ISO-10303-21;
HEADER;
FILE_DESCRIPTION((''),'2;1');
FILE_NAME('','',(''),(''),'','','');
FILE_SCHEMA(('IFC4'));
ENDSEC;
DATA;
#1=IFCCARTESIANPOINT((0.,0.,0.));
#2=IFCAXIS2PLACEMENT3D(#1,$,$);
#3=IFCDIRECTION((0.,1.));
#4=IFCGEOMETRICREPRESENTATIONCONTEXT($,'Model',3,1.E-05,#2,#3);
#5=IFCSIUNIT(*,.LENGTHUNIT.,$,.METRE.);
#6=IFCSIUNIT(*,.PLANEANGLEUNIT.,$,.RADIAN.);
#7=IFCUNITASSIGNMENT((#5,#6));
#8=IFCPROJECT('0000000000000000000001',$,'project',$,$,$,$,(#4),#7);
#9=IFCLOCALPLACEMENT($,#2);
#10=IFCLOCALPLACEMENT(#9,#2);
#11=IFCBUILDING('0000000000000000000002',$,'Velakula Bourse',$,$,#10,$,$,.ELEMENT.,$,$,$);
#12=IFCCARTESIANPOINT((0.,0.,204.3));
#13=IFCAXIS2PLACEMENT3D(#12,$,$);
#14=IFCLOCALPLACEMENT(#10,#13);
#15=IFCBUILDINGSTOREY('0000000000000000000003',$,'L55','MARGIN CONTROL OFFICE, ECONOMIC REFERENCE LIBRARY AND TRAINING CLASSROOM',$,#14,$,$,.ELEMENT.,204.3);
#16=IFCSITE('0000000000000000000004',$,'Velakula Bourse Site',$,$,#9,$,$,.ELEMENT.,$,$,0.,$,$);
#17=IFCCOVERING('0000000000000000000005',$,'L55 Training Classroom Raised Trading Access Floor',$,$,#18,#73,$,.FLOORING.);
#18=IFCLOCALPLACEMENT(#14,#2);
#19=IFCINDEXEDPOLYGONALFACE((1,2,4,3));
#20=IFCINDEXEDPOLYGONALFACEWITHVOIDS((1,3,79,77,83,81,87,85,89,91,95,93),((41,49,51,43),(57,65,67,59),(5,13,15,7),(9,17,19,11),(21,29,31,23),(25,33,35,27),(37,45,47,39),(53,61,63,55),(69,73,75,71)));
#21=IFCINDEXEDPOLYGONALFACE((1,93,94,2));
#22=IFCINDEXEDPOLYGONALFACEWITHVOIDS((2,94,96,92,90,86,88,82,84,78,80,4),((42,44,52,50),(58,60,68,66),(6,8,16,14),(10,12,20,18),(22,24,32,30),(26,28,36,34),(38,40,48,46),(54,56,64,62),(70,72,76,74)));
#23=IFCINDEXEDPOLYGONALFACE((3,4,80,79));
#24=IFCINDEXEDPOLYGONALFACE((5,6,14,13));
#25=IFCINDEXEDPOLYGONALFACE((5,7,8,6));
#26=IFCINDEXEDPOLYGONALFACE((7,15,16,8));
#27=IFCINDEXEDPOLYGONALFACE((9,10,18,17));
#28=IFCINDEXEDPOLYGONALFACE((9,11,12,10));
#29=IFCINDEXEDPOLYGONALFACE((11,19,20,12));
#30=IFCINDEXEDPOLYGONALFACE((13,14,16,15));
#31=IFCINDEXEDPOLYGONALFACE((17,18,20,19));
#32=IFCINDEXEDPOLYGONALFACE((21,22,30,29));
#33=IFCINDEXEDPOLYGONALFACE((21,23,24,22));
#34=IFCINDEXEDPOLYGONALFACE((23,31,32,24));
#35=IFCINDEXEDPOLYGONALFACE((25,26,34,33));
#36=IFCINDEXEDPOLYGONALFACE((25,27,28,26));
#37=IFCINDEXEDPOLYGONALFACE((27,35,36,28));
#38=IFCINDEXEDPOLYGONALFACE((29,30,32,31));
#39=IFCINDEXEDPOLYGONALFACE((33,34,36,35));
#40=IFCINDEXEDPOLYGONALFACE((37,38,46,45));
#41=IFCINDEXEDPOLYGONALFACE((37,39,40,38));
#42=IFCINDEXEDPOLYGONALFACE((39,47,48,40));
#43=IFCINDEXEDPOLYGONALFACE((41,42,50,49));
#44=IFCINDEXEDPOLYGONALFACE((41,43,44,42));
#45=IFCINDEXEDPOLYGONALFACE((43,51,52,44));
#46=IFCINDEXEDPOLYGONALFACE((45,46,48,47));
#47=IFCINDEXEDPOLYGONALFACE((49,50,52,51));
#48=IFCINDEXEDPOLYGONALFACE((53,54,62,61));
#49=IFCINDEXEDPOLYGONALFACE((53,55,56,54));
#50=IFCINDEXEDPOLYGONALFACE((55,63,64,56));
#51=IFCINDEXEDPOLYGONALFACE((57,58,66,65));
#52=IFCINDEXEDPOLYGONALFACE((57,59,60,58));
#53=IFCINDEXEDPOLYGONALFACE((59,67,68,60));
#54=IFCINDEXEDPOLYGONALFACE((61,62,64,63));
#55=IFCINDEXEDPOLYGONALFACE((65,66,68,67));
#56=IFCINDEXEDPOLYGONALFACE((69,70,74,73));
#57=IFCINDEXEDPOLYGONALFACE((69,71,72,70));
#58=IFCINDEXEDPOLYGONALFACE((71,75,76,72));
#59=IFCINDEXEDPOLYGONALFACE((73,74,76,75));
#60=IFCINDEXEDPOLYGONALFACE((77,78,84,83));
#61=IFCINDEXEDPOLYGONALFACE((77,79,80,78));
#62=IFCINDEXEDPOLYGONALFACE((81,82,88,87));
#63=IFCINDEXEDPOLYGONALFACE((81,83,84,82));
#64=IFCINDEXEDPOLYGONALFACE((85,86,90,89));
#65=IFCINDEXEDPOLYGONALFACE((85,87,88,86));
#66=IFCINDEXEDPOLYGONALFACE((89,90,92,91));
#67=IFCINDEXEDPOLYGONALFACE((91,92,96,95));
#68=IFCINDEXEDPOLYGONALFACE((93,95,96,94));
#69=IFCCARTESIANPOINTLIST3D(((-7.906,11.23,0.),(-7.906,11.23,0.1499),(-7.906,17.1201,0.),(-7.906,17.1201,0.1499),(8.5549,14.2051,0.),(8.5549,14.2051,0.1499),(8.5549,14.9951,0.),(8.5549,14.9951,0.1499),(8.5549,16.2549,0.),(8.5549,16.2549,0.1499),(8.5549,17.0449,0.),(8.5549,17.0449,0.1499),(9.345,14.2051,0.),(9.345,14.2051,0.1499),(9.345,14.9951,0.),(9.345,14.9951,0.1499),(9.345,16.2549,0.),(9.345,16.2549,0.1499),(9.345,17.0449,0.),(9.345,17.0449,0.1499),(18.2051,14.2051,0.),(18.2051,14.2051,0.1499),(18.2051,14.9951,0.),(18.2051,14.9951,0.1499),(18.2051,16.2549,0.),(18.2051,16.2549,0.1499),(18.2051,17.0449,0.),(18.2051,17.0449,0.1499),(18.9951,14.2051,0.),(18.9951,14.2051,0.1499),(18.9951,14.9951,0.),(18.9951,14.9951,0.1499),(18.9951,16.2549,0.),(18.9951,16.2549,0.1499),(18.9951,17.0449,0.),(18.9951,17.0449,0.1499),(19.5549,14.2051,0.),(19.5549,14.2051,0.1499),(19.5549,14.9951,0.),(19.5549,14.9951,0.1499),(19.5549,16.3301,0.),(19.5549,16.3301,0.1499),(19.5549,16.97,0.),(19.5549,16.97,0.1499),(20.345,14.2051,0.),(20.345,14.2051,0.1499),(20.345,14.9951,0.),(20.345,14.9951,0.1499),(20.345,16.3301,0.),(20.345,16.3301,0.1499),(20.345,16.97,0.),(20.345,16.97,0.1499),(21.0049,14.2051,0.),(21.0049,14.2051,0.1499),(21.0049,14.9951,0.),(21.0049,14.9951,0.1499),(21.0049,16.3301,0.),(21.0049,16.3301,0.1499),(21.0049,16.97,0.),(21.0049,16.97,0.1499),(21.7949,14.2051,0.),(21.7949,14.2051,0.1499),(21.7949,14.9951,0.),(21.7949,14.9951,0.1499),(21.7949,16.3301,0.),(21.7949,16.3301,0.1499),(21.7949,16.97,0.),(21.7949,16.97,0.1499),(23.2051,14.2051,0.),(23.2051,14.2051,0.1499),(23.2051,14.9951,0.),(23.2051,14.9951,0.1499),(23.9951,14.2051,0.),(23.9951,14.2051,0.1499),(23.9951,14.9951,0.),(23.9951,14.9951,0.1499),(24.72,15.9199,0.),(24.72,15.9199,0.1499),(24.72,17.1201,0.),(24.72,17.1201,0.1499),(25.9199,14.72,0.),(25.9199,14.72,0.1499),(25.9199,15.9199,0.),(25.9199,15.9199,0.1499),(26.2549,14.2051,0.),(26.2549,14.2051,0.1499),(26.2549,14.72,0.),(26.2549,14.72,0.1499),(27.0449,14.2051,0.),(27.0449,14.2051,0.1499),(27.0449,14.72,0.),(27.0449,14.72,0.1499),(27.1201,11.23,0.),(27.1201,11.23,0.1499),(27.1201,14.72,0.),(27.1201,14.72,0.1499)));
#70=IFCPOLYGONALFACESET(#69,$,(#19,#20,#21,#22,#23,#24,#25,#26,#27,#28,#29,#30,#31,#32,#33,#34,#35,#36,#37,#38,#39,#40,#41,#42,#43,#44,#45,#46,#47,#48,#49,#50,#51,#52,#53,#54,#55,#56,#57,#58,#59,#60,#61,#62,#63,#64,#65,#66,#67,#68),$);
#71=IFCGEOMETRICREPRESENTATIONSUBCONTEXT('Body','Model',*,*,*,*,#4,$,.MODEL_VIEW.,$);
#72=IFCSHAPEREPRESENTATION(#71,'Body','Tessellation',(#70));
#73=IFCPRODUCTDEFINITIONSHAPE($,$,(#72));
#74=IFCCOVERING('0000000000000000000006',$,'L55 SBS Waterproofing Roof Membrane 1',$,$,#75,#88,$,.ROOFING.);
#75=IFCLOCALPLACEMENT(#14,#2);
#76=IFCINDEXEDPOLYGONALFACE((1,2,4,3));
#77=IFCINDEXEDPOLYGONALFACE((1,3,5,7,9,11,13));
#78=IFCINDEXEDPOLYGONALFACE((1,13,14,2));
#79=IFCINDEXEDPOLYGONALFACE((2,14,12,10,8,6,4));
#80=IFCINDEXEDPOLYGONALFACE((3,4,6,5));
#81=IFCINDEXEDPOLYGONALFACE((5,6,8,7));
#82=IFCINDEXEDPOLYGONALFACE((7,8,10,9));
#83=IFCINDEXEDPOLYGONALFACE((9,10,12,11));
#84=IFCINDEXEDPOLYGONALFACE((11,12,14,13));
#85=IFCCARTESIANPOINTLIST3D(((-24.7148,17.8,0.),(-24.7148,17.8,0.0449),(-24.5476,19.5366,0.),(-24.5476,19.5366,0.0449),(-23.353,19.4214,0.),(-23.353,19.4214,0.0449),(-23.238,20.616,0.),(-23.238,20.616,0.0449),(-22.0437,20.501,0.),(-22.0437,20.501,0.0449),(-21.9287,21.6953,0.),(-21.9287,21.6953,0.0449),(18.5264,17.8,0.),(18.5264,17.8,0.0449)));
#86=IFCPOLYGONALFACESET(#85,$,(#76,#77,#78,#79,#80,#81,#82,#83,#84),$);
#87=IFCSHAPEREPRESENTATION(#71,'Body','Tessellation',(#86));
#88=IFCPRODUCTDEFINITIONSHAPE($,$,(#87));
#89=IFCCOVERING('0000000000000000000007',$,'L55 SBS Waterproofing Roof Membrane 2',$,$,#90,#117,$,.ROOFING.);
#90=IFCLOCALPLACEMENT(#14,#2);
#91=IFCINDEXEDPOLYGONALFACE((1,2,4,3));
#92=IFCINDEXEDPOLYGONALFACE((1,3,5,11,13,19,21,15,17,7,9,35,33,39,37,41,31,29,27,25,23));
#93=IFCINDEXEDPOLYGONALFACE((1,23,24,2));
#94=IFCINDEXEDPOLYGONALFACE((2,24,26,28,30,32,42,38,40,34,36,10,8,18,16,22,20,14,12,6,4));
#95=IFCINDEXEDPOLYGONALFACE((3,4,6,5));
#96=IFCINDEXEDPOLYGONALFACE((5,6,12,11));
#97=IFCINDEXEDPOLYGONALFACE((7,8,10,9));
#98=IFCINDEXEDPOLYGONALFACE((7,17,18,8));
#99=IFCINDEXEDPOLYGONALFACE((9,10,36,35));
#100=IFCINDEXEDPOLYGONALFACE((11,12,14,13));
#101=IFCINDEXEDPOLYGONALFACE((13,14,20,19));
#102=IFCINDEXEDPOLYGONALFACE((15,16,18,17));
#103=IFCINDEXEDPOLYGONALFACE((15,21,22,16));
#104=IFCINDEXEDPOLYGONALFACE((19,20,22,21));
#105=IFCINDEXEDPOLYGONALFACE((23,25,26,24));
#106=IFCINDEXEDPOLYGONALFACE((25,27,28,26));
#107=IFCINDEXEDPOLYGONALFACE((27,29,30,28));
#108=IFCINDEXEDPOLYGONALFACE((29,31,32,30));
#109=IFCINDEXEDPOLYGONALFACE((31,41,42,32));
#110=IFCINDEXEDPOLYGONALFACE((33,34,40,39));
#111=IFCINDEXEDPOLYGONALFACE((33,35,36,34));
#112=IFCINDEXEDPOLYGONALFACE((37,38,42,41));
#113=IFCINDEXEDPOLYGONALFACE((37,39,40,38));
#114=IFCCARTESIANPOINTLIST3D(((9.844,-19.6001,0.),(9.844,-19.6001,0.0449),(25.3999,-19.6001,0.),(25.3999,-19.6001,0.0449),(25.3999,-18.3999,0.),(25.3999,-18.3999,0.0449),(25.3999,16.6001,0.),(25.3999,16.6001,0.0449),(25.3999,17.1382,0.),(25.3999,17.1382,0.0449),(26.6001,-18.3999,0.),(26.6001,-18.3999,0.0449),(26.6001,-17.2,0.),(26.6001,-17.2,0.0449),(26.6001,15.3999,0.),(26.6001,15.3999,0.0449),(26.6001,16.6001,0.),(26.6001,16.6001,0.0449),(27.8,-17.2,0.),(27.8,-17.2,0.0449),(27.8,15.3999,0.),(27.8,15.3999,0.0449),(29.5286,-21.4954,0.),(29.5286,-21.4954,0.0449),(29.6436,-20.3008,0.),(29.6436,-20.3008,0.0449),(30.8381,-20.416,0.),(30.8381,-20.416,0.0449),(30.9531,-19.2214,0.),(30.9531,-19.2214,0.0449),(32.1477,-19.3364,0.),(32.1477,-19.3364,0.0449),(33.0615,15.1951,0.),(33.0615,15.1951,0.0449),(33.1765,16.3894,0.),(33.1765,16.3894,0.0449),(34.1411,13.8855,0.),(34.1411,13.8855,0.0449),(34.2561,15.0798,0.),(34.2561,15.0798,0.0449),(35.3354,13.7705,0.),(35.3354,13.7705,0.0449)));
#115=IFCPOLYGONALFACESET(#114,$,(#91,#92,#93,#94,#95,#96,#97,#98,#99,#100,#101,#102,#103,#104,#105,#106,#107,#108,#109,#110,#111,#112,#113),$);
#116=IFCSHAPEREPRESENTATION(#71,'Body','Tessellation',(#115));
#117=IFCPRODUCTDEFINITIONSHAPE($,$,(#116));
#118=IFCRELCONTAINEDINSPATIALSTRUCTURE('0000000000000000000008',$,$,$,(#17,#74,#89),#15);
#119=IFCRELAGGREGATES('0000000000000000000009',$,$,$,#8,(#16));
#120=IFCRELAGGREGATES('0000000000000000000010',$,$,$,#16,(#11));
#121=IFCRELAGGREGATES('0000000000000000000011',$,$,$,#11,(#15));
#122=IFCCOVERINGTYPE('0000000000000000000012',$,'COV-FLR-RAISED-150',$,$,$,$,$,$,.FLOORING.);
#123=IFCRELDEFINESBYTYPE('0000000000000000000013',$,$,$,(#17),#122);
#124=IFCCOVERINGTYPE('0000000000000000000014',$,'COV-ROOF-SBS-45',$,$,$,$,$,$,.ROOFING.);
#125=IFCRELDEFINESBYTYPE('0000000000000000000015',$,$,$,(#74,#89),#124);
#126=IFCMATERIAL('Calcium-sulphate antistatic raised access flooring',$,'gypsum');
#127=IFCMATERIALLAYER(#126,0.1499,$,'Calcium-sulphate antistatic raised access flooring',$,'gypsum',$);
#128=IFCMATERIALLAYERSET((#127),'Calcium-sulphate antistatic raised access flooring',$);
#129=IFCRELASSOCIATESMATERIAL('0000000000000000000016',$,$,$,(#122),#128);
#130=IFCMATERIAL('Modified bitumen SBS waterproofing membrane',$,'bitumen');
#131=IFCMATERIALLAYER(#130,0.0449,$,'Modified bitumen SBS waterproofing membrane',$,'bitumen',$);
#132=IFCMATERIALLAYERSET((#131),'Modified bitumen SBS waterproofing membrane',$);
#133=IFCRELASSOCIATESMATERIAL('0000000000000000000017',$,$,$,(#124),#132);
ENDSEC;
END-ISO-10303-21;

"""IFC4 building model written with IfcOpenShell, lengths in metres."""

from ifc_helpers import new_model, si_unit, direction, frame, origin, place, context, subcontext, project, spatial, polyline, outline, extrude, material, layer, layer_set, type_object, element, save


model = new_model("IFC4")

# Units and contexts
model_context = context("Model", 3, precision=1e-05, world=origin(), true_north=direction((0.0, 1.0)))
body_context = subcontext(model_context, "Body", "Model", "MODEL_VIEW")
ifc_project = project(units=[si_unit("LENGTHUNIT", "METRE"), si_unit("PLANEANGLEUNIT", "RADIAN")], contexts=[model_context])

# Site, building, storey
site_placement = place(None, origin())
site = spatial("IfcSite", under=ifc_project, at=site_placement, Name="Velakula Bourse Site", CompositionType="ELEMENT", RefElevation=0.0)
building_placement = place(site_placement, origin())
building = spatial("IfcBuilding", under=site, at=building_placement, Name="Velakula Bourse", CompositionType="ELEMENT")
storey_placement = place(building_placement, frame((0.0, 0.0, 204.3)))
storey = spatial("IfcBuildingStorey", under=building, at=storey_placement, Name="L55", Description="MARGIN CONTROL OFFICE, ECONOMIC REFERENCE LIBRARY AND TRAINING CLASSROOM", CompositionType="ELEMENT", Elevation=204.3)

# Coverings
ifc_material_1 = material(Name="Calcium-sulphate antistatic raised access flooring", Category="gypsum")
ifc_layer_1 = layer(ifc_material_1, 0.1499, Name="Calcium-sulphate antistatic raised access flooring", Category="gypsum")
ifc_layer_set_1 = layer_set([ifc_layer_1], Name="Calcium-sulphate antistatic raised access flooring")
covering_type_1 = type_object("IfcCoveringType", Name="COV-FLR-RAISED-150", PredefinedType="FLOORING", material=ifc_layer_set_1)
covering_1_placement = place(storey_placement, origin())
element("IfcCovering", 1, at=covering_1_placement, inside=storey, type_object=covering_type_1, Name="L55 Training Classroom Raised Trading Access Floor", PredefinedType="FLOORING", context=body_context, shape_type="SweptSolid", body=[
    extrude(outline(polyline([(24.72, 15.9199), (25.9199, 15.9199), (25.9199, 14.72), (26.2549, 14.72), (26.2549, 14.2051), (27.0449, 14.2051), (27.0449, 14.72), (27.1201, 14.72), (27.1201, 11.23), (-7.906, 11.23), (-7.906, 17.1201), (24.72, 17.1201), (24.72, 15.9199)]), holes=[polyline([(8.5549, 14.2051), (9.345, 14.2051), (9.345, 14.9951), (8.5549, 14.9951), (8.5549, 14.2051)]), polyline([(18.2051, 14.9951), (18.2051, 14.2051), (18.9951, 14.2051), (18.9951, 14.9951), (18.2051, 14.9951)]), polyline([(8.5549, 16.2549), (9.345, 16.2549), (9.345, 17.0449), (8.5549, 17.0449), (8.5549, 16.2549)]), polyline([(21.0049, 14.2051), (21.7949, 14.2051), (21.7949, 14.9951), (21.0049, 14.9951), (21.0049, 14.2051)]), polyline([(23.2051, 14.2051), (23.9951, 14.2051), (23.9951, 14.9951), (23.2051, 14.9951), (23.2051, 14.2051)]), polyline([(19.5549, 14.2051), (20.345, 14.2051), (20.345, 14.9951), (19.5549, 14.9951), (19.5549, 14.2051)]), polyline([(19.5549, 16.3301), (20.345, 16.3301), (20.345, 16.97), (19.5549, 16.97), (19.5549, 16.3301)]), polyline([(18.2051, 17.0449), (18.2051, 16.2549), (18.9951, 16.2549), (18.9951, 17.0449), (18.2051, 17.0449)]), polyline([(21.0049, 16.97), (21.0049, 16.3301), (21.7949, 16.3301), (21.7949, 16.97), (21.0049, 16.97)])]), origin(), (0.0, 0.0, 1.0), 0.1499),
])
ifc_material_2 = material(Name="Modified bitumen SBS waterproofing membrane", Category="bitumen")
ifc_layer_2 = layer(ifc_material_2, 0.0449, Name="Modified bitumen SBS waterproofing membrane", Category="bitumen")
ifc_layer_set_2 = layer_set([ifc_layer_2], Name="Modified bitumen SBS waterproofing membrane")
covering_type_2 = type_object("IfcCoveringType", Name="COV-ROOF-SBS-45", PredefinedType="ROOFING", material=ifc_layer_set_2)
covering_2_placement = place(storey_placement, origin())
element("IfcCovering", 2, at=covering_2_placement, inside=storey, type_object=covering_type_2, Name="L55 SBS Waterproofing Roof Membrane 1", PredefinedType="ROOFING", context=body_context, shape_type="SweptSolid", body=[
    extrude(outline(polyline([(-24.5476, 19.5366), (-23.353, 19.4214), (-23.238, 20.616), (-22.0437, 20.501), (-21.9287, 21.6953), (18.5264, 17.8), (-24.7148, 17.8), (-24.5476, 19.5366)])), origin(), (0.0, 0.0, 1.0), 0.0449),
])
covering_3_placement = place(storey_placement, origin())
element("IfcCovering", 3, at=covering_3_placement, inside=storey, type_object=covering_type_2, Name="L55 SBS Waterproofing Roof Membrane 2", PredefinedType="ROOFING", context=body_context, shape_type="SweptSolid", body=[
    extrude(outline(polyline([(25.3999, 17.1382), (33.1765, 16.3894), (33.0615, 15.1951), (34.2561, 15.0798), (34.1411, 13.8855), (35.3354, 13.7705), (32.1477, -19.3364), (30.9531, -19.2214), (30.8381, -20.416), (29.6436, -20.3008), (29.5286, -21.4954), (9.844, -19.6001), (25.3999, -19.6001), (25.3999, -18.3999), (26.6001, -18.3999), (26.6001, -17.2), (27.8, -17.2), (27.8, 15.3999), (26.6001, 15.3999), (26.6001, 16.6001), (25.3999, 16.6001), (25.3999, 17.1382)])), origin(), (0.0, 0.0, 1.0), 0.0449),
])

save(model, "model.ifc")
